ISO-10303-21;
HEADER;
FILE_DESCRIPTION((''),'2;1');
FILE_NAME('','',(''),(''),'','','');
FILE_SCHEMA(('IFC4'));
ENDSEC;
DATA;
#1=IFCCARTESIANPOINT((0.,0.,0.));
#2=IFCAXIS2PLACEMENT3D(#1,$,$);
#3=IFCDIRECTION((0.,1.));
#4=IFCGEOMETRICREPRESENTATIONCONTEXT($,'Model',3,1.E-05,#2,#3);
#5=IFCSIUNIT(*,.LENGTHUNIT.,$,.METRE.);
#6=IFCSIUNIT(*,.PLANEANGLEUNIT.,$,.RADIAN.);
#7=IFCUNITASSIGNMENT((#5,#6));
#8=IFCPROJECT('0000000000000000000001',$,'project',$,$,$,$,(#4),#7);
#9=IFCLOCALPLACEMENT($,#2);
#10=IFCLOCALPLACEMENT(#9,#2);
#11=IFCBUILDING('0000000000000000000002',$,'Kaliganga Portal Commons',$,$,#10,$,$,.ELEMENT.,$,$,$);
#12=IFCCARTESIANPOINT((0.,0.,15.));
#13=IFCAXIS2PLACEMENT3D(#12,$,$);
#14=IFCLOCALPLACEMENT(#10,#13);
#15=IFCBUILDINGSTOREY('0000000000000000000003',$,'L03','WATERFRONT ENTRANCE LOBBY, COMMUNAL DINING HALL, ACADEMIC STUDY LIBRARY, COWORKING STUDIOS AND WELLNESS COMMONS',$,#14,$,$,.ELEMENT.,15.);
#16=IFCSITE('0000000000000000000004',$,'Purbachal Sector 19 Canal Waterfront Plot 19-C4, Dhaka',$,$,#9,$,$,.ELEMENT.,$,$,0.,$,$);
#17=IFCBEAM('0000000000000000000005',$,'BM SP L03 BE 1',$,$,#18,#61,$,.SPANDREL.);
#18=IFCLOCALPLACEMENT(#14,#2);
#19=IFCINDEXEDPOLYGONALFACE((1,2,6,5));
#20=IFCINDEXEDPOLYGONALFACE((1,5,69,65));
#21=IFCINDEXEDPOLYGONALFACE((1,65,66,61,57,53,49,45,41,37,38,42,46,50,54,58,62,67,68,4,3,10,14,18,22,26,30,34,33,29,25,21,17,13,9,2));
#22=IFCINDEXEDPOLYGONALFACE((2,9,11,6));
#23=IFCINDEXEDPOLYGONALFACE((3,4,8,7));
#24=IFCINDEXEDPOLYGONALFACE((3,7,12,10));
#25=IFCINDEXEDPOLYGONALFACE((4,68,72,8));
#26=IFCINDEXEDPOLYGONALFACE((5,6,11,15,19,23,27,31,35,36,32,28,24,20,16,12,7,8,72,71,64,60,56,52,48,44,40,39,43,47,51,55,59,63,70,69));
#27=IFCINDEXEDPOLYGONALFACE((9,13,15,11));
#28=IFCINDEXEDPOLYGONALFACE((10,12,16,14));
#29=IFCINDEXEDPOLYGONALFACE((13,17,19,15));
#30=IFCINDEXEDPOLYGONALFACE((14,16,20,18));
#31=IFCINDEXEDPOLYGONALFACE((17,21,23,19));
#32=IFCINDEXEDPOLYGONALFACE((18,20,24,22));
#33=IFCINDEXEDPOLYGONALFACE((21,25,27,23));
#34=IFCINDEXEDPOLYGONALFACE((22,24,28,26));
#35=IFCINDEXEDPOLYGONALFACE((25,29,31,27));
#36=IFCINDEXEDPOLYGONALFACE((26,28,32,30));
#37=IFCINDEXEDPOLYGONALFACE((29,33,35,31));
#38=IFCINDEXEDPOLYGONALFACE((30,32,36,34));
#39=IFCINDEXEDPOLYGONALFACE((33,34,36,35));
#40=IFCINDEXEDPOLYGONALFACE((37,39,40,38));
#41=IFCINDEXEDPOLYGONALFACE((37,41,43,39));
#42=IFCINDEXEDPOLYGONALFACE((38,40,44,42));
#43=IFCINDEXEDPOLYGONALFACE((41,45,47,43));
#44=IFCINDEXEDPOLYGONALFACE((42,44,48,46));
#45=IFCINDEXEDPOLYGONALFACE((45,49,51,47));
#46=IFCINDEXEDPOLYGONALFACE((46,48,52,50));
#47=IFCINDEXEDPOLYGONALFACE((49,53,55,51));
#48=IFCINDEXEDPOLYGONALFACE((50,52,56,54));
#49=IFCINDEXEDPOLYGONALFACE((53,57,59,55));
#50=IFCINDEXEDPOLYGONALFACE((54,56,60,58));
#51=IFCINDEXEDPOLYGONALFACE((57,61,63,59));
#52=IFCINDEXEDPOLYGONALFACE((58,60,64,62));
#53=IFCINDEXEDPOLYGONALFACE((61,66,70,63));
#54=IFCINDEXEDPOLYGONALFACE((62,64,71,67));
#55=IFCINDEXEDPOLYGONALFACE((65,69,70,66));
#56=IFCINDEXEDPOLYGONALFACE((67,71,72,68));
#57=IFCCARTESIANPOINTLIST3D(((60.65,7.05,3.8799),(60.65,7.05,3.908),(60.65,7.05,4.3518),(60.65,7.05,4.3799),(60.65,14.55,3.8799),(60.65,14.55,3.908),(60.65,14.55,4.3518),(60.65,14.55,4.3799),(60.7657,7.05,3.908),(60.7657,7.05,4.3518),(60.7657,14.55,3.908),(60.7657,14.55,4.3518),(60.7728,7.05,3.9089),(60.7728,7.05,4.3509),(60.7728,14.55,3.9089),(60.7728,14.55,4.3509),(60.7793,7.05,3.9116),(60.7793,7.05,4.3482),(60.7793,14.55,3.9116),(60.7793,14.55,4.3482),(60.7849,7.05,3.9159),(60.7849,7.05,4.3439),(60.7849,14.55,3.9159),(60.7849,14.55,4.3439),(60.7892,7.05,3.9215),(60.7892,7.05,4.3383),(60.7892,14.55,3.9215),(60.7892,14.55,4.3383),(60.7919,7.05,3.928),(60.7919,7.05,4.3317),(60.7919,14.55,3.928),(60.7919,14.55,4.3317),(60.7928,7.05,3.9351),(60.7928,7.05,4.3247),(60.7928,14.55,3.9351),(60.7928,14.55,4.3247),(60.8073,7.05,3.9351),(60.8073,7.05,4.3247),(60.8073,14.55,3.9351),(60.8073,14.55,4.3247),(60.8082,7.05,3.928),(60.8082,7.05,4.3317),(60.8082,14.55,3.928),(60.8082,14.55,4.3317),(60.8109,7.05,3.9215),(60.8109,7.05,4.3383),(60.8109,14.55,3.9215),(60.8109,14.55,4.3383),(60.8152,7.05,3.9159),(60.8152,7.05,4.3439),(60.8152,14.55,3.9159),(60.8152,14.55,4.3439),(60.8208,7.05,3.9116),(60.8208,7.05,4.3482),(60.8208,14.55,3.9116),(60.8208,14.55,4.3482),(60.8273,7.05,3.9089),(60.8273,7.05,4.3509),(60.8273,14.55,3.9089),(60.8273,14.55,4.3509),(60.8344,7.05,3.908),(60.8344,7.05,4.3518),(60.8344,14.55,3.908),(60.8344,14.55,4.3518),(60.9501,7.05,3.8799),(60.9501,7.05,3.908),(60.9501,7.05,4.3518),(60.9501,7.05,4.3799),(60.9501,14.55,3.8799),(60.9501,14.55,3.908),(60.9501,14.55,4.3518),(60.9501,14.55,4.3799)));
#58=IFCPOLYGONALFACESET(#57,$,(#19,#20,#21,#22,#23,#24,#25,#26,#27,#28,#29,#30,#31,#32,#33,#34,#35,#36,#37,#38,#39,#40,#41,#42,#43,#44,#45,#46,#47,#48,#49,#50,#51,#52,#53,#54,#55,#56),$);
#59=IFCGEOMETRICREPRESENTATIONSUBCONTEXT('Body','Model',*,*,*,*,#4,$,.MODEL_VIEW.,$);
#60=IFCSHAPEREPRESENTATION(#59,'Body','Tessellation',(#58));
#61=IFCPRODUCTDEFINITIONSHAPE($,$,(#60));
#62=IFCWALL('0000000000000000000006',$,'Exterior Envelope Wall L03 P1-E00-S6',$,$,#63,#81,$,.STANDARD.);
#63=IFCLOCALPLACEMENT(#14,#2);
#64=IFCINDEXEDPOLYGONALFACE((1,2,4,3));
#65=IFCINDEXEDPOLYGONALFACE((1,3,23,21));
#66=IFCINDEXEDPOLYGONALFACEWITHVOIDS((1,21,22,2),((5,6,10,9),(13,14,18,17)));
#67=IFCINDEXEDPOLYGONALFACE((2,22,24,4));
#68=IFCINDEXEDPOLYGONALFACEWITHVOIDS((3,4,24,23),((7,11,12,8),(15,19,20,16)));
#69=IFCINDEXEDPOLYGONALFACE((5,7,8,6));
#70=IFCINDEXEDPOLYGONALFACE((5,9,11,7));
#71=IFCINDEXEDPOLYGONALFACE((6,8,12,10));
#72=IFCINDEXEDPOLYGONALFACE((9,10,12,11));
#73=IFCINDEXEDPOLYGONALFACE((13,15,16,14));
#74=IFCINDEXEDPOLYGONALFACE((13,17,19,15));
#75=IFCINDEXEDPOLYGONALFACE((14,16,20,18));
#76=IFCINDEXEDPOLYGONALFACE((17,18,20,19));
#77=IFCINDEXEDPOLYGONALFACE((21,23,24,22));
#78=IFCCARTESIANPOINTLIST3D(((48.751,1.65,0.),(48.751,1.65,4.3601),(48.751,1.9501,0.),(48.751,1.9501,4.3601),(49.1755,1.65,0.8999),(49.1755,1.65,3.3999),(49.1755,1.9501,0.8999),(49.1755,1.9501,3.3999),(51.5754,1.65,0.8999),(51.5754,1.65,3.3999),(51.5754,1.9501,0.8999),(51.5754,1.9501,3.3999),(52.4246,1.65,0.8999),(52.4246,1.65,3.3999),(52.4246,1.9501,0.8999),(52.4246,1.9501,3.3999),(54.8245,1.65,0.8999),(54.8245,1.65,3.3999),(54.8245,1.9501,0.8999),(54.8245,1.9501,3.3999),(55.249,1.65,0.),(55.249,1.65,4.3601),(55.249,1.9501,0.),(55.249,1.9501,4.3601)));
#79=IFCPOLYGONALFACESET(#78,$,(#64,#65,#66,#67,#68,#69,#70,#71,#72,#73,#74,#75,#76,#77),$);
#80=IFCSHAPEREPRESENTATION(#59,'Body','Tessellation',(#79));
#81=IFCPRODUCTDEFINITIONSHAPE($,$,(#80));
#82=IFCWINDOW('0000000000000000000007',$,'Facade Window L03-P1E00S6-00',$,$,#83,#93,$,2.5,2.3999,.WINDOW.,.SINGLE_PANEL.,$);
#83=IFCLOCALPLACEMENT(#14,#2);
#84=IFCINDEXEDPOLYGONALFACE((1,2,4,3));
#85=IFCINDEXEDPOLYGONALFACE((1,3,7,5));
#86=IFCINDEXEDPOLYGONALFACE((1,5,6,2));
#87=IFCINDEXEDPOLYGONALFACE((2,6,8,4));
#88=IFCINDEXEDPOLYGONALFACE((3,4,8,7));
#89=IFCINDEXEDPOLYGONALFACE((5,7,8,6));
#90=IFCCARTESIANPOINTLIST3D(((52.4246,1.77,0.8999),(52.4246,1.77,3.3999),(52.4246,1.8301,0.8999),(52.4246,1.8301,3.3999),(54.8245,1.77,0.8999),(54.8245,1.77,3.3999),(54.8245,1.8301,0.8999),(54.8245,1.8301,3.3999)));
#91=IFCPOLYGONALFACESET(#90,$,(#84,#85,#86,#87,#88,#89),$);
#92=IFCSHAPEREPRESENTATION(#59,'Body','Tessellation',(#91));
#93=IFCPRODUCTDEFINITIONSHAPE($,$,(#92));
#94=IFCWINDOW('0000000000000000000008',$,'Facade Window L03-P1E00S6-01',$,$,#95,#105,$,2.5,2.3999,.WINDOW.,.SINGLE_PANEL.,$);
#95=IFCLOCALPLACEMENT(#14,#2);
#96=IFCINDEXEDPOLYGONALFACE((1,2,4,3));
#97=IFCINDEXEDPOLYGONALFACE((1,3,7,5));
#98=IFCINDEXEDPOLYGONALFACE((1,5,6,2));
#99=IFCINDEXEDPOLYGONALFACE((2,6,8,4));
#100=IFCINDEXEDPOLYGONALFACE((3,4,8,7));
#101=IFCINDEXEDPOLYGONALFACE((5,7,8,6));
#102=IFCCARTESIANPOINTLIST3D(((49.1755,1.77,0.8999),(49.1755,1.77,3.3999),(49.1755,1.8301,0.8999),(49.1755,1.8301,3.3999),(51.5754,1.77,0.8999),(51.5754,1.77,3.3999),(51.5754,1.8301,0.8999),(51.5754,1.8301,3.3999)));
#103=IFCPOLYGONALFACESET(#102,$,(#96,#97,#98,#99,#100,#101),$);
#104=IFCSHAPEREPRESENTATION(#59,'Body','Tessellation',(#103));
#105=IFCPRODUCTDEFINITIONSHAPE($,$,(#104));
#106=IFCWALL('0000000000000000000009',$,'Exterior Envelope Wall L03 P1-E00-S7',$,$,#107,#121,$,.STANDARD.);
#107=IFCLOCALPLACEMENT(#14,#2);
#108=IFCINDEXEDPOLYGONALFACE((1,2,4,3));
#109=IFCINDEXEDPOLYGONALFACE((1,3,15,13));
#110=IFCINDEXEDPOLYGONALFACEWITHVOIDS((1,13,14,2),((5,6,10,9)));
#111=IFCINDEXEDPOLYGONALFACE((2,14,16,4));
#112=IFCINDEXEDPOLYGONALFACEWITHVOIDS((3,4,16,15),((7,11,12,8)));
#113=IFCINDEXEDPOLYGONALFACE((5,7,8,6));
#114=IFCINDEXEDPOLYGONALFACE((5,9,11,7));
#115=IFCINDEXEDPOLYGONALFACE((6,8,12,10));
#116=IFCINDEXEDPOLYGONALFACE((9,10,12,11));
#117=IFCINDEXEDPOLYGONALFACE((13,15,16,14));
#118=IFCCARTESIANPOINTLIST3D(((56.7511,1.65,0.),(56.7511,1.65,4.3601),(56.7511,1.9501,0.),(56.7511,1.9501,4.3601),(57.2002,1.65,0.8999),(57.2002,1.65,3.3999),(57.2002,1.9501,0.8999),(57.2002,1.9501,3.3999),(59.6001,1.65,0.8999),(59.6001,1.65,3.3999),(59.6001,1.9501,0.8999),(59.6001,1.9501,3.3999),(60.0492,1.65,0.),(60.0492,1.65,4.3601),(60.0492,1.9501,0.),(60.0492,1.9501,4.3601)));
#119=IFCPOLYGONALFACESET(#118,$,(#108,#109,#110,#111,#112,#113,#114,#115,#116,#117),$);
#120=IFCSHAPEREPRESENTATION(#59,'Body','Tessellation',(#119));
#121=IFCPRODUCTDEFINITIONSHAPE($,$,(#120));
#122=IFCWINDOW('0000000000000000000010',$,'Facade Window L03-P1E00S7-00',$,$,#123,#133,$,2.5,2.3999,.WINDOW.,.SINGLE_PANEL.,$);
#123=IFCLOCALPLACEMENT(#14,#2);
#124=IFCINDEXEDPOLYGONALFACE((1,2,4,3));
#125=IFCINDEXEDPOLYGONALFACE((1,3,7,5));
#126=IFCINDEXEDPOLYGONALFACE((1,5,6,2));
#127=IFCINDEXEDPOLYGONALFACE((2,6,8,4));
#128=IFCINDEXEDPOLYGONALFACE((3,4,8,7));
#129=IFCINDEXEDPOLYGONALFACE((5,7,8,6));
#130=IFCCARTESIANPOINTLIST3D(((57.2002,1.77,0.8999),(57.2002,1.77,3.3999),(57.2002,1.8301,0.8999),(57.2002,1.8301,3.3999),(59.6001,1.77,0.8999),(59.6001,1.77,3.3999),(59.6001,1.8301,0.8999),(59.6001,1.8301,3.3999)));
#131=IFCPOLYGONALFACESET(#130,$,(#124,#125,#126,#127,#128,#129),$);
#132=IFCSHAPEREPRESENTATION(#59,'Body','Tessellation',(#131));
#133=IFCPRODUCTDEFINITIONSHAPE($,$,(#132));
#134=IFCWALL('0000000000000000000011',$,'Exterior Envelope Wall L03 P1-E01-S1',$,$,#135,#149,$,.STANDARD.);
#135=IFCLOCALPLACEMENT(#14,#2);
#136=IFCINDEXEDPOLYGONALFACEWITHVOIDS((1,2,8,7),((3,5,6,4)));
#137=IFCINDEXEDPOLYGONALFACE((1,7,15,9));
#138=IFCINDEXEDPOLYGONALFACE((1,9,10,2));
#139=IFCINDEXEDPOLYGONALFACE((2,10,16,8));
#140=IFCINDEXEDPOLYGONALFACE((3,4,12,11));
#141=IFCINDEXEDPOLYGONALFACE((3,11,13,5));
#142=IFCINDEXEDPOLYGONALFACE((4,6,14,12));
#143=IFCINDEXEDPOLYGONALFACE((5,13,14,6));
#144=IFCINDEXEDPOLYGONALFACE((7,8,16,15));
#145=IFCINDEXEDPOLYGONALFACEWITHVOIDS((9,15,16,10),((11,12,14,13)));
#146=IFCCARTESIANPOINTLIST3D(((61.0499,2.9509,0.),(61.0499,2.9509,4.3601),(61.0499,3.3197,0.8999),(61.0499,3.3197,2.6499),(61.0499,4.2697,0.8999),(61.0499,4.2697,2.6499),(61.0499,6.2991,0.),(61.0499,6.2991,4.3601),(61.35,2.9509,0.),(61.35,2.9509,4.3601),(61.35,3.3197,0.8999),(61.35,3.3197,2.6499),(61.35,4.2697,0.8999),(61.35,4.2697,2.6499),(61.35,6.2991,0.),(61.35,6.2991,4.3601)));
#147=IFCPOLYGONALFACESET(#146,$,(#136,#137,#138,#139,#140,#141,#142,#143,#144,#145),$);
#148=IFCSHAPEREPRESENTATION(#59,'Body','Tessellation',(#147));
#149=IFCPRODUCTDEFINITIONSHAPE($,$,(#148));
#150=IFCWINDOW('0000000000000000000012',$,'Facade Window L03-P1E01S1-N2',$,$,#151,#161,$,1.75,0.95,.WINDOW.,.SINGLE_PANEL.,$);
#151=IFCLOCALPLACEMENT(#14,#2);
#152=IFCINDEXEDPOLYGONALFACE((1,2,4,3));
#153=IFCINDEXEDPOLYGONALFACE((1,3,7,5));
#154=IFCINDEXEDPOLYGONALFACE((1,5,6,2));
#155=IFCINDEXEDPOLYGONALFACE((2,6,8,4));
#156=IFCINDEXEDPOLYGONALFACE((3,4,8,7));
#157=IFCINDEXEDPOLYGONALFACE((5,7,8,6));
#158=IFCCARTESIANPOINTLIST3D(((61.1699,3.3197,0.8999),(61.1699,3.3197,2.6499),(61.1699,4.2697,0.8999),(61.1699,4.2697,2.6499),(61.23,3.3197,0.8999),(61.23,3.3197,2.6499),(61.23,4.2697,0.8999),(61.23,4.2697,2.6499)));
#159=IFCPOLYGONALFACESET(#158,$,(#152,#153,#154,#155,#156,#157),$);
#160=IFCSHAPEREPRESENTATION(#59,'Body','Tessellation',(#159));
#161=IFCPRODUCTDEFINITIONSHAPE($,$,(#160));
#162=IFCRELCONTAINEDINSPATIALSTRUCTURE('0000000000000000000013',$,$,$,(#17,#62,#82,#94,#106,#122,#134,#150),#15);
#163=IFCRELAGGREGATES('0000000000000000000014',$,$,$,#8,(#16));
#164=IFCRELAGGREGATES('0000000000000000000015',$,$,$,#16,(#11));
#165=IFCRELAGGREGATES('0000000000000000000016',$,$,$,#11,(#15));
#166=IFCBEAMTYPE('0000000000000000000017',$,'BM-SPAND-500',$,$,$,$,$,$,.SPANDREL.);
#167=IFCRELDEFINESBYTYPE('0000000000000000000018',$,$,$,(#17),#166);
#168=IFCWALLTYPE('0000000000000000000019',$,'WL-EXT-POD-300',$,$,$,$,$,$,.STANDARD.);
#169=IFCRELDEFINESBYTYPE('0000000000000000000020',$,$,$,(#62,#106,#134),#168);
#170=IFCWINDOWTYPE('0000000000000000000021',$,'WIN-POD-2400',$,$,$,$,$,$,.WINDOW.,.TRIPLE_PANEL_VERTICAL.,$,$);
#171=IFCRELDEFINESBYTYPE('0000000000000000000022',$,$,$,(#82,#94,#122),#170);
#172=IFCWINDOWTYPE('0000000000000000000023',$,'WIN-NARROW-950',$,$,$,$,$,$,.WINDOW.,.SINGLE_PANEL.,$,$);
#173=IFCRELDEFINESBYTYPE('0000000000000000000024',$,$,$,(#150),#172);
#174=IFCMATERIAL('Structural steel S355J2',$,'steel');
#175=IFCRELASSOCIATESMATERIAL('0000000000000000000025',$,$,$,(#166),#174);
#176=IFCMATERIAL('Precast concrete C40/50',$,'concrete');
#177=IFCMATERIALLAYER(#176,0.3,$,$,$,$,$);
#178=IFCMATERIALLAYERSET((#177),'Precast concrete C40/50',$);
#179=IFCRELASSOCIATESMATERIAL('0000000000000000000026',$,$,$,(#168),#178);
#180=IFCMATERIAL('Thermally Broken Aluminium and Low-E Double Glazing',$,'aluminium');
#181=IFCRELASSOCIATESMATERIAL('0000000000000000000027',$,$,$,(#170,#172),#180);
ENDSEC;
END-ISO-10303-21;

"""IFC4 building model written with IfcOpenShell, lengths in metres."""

from ifc_helpers import new_model, si_unit, direction, frame, frame_2d, origin, origin_2d, place, context, subcontext, project, spatial, rectangle, i_section, extrude, source, transform, mapped, material, layer, layer_set, material_profile, profile_set, type_object, element, fill, save


model = new_model("IFC4")

# Units and contexts
model_context = context("Model", 3, precision=1e-05, world=origin(), true_north=direction((0.0, 1.0)))
body_context = subcontext(model_context, "Body", "Model", "MODEL_VIEW")
ifc_project = project(units=[si_unit("LENGTHUNIT", "METRE"), si_unit("PLANEANGLEUNIT", "RADIAN")], contexts=[model_context])

# Site, building, storey
site_placement = place(None, origin())
site = spatial("IfcSite", under=ifc_project, at=site_placement, Name="Purbachal Sector 19 Canal Waterfront Plot 19-C4, Dhaka", CompositionType="ELEMENT", RefElevation=0.0)
building_placement = place(site_placement, origin())
building = spatial("IfcBuilding", under=site, at=building_placement, Name="Kaliganga Portal Commons", CompositionType="ELEMENT")
storey_placement = place(building_placement, frame((0.0, 0.0, 15.0)))
storey = spatial("IfcBuildingStorey", under=building, at=storey_placement, Name="L03", Description="WATERFRONT ENTRANCE LOBBY, COMMUNAL DINING HALL, ACADEMIC STUDY LIBRARY, COWORKING STUDIOS AND WELLNESS COMMONS", CompositionType="ELEMENT", Elevation=15.0)

# Beam
ifc_material_1 = material(Name="Structural steel S355J2", Category="steel")
ifc_material_profile_1 = material_profile(ifc_material_1, i_section(OverallWidth=0.3, OverallDepth=0.5, WebThickness=0.0144, FlangeThickness=0.0281, FilletRadius=0.0271, at=origin_2d()), Name="HE 500 B")
ifc_profile_set_1 = profile_set([ifc_material_profile_1], Name="Structural steel S355J2 wide-flange")
beam_type_1 = type_object("IfcBeamType", Name="BM-SPAND-500", PredefinedType="SPANDREL", material=ifc_profile_set_1)
shared_shape_1 = source(origin(), body_context, "Body", "SweptSolid", [
    extrude(i_section(OverallWidth=0.3, OverallDepth=0.5, WebThickness=0.0144, FlangeThickness=0.0281, FilletRadius=0.0271, at=origin_2d()), origin(), (0.0, 0.0, 1.0), 7.5),
])
beam_1_placement = place(storey_placement, frame((60.8, 7.05, 4.1299), z_axis=(0.0, 1.0, 0.0), x_axis=(-1.0, 0.0, 0.0)))
element("IfcBeam", 1, at=beam_1_placement, inside=storey, type_object=beam_type_1, Name="BM SP L03 BE 1", PredefinedType="SPANDREL", context=body_context, shape_type="MappedRepresentation", body=[
    mapped(shared_shape_1, transform((0.0, 0.0, 0.0), x_axis=(1.0, 0.0, 0.0), y_axis=(0.0, 1.0, 0.0), z_axis=(0.0, 0.0, 1.0), scale=1.0)),
])

# Wall, openings, windows
ifc_material_2 = material(Name="Precast concrete C40/50", Category="concrete")
ifc_layer = layer(ifc_material_2, 0.3)
ifc_layer_set = layer_set([ifc_layer], Name="Precast concrete C40/50")
wall_type = type_object("IfcWallType", Name="WL-EXT-POD-300", PredefinedType="STANDARD", material=ifc_layer_set)
wall_1_placement = place(storey_placement, frame((55.249, 1.8, 0.0), z_axis=(0.0, 0.0, 1.0), x_axis=(-1.0, 0.0, 0.0)))
wall_1 = element("IfcWall", 2, at=wall_1_placement, inside=storey, type_object=wall_type, Name="Exterior Envelope Wall L03 P1-E00-S6", PredefinedType="STANDARD", context=body_context, shape_type="SweptSolid", body=[
    extrude(rectangle(XDim=6.498, YDim=0.3, at=frame_2d((3.249, 0.0))), origin(), (0.0, 0.0, 1.0), 4.3601),
])
opening_1_placement = place(wall_1_placement, frame((0.4246, 0.0, 0.8999)))
opening_1 = element("IfcOpeningElement", 3, at=opening_1_placement, cuts=wall_1, PredefinedType="OPENING", context=body_context, shape_type="SweptSolid", body=[
    extrude(rectangle(XDim=2.3999, YDim=2.5, at=frame_2d((1.2, 1.25))), frame((0.0, 0.1602, 0.0), z_axis=(0.0, -1.0, 0.0), x_axis=(1.0, 0.0, 0.0)), (0.0, 0.0, 1.0), 0.3201),
])
opening_2_placement = place(wall_1_placement, frame((3.6736, 0.0, 0.8999)))
opening_2 = element("IfcOpeningElement", 4, at=opening_2_placement, cuts=wall_1, PredefinedType="OPENING", context=body_context, shape_type="SweptSolid", body=[
    extrude(rectangle(XDim=2.3999, YDim=2.5, at=frame_2d((1.2, 1.25))), frame((0.0, 0.1602, 0.0), z_axis=(0.0, -1.0, 0.0), x_axis=(1.0, 0.0, 0.0)), (0.0, 0.0, 1.0), 0.3201),
])
ifc_material_3 = material(Name="Thermally Broken Aluminium and Low-E Double Glazing", Category="aluminium")
window_type_1 = type_object("IfcWindowType", Name="WIN-POD-2400", PartitioningType="TRIPLE_PANEL_VERTICAL", PredefinedType="WINDOW", material=ifc_material_3)
window_1_placement = place(opening_1_placement, origin())
window_1 = element("IfcWindow", 5, at=window_1_placement, inside=storey, type_object=window_type_1, Name="Facade Window L03-P1E00S6-00", OverallHeight=2.5, OverallWidth=2.3999, PartitioningType="SINGLE_PANEL", PredefinedType="WINDOW", context=body_context, shape_type="SweptSolid", body=[
    extrude(rectangle(XDim=2.3999, YDim=2.5, at=frame_2d((1.2, 1.25))), frame((0.0, 0.03, 0.0), z_axis=(0.0, -1.0, 0.0), x_axis=(1.0, 0.0, 0.0)), (0.0, 0.0, 1.0), 0.0601),
])
fill(opening_1, window_1)
window_2_placement = place(opening_2_placement, origin())
window_2 = element("IfcWindow", 6, at=window_2_placement, inside=storey, type_object=window_type_1, Name="Facade Window L03-P1E00S6-01", OverallHeight=2.5, OverallWidth=2.3999, PartitioningType="SINGLE_PANEL", PredefinedType="WINDOW", context=body_context, shape_type="SweptSolid", body=[
    extrude(rectangle(XDim=2.3999, YDim=2.5, at=frame_2d((1.2, 1.25))), frame((0.0, 0.03, 0.0), z_axis=(0.0, -1.0, 0.0), x_axis=(1.0, 0.0, 0.0)), (0.0, 0.0, 1.0), 0.0601),
])
fill(opening_2, window_2)

# Walls, openings, windows
wall_2_placement = place(storey_placement, frame((60.0491, 1.8, 0.0), z_axis=(0.0, 0.0, 1.0), x_axis=(-1.0, 0.0, 0.0)))
wall_2 = element("IfcWall", 7, at=wall_2_placement, inside=storey, type_object=wall_type, Name="Exterior Envelope Wall L03 P1-E00-S7", PredefinedType="STANDARD", context=body_context, shape_type="SweptSolid", body=[
    extrude(rectangle(XDim=3.2981, YDim=0.3, at=frame_2d((1.6489, 0.0))), origin(), (0.0, 0.0, 1.0), 4.3601),
])
opening_3_placement = place(wall_2_placement, frame((0.449, 0.0, 0.8999)))
opening_3 = element("IfcOpeningElement", 8, at=opening_3_placement, cuts=wall_2, PredefinedType="OPENING", context=body_context, shape_type="SweptSolid", body=[
    extrude(rectangle(XDim=2.3999, YDim=2.5, at=frame_2d((1.2, 1.25))), frame((0.0, 0.1602, 0.0), z_axis=(0.0, -1.0, 0.0), x_axis=(1.0, 0.0, 0.0)), (0.0, 0.0, 1.0), 0.3201),
])
window_3_placement = place(opening_3_placement, origin())
window_3 = element("IfcWindow", 9, at=window_3_placement, inside=storey, type_object=window_type_1, Name="Facade Window L03-P1E00S7-00", OverallHeight=2.5, OverallWidth=2.3999, PartitioningType="SINGLE_PANEL", PredefinedType="WINDOW", context=body_context, shape_type="SweptSolid", body=[
    extrude(rectangle(XDim=2.3999, YDim=2.5, at=frame_2d((1.2, 1.25))), frame((0.0, 0.03, 0.0), z_axis=(0.0, -1.0, 0.0), x_axis=(1.0, 0.0, 0.0)), (0.0, 0.0, 1.0), 0.0601),
])
fill(opening_3, window_3)
wall_3_placement = place(storey_placement, frame((61.2, 6.2991, 0.0), z_axis=(0.0, 0.0, 1.0), x_axis=(0.0, -1.0, 0.0)))
wall_3 = element("IfcWall", 10, at=wall_3_placement, inside=storey, type_object=wall_type, Name="Exterior Envelope Wall L03 P1-E01-S1", PredefinedType="STANDARD", context=body_context, shape_type="SweptSolid", body=[
    extrude(rectangle(XDim=3.3481, YDim=0.3, at=frame_2d((1.6741, 0.0))), origin(), (0.0, 0.0, 1.0), 4.3601),
])
opening_4_placement = place(wall_3_placement, frame((2.0293, 0.0, 0.8999)))
opening_4 = element("IfcOpeningElement", 11, at=opening_4_placement, cuts=wall_3, PredefinedType="OPENING", context=body_context, shape_type="SweptSolid", body=[
    extrude(rectangle(XDim=0.95, YDim=1.75, at=frame_2d((0.4751, 0.875))), frame((0.0, 0.1602, 0.0), z_axis=(0.0, -1.0, 0.0), x_axis=(1.0, 0.0, 0.0)), (0.0, 0.0, 1.0), 0.3201),
])
window_type_2 = type_object("IfcWindowType", Name="WIN-NARROW-950", PartitioningType="SINGLE_PANEL", PredefinedType="WINDOW", material=ifc_material_3)
window_4_placement = place(opening_4_placement, origin())
window_4 = element("IfcWindow", 12, at=window_4_placement, inside=storey, type_object=window_type_2, Name="Facade Window L03-P1E01S1-N2", OverallHeight=1.75, OverallWidth=0.95, PartitioningType="SINGLE_PANEL", PredefinedType="WINDOW", context=body_context, shape_type="SweptSolid", body=[
    extrude(rectangle(XDim=0.95, YDim=1.75, at=frame_2d((0.4751, 0.875))), frame((0.0, 0.03, 0.0), z_axis=(0.0, -1.0, 0.0), x_axis=(1.0, 0.0, 0.0)), (0.0, 0.0, 1.0), 0.0601),
])
fill(opening_4, window_4)

save(model, "model.ifc")
